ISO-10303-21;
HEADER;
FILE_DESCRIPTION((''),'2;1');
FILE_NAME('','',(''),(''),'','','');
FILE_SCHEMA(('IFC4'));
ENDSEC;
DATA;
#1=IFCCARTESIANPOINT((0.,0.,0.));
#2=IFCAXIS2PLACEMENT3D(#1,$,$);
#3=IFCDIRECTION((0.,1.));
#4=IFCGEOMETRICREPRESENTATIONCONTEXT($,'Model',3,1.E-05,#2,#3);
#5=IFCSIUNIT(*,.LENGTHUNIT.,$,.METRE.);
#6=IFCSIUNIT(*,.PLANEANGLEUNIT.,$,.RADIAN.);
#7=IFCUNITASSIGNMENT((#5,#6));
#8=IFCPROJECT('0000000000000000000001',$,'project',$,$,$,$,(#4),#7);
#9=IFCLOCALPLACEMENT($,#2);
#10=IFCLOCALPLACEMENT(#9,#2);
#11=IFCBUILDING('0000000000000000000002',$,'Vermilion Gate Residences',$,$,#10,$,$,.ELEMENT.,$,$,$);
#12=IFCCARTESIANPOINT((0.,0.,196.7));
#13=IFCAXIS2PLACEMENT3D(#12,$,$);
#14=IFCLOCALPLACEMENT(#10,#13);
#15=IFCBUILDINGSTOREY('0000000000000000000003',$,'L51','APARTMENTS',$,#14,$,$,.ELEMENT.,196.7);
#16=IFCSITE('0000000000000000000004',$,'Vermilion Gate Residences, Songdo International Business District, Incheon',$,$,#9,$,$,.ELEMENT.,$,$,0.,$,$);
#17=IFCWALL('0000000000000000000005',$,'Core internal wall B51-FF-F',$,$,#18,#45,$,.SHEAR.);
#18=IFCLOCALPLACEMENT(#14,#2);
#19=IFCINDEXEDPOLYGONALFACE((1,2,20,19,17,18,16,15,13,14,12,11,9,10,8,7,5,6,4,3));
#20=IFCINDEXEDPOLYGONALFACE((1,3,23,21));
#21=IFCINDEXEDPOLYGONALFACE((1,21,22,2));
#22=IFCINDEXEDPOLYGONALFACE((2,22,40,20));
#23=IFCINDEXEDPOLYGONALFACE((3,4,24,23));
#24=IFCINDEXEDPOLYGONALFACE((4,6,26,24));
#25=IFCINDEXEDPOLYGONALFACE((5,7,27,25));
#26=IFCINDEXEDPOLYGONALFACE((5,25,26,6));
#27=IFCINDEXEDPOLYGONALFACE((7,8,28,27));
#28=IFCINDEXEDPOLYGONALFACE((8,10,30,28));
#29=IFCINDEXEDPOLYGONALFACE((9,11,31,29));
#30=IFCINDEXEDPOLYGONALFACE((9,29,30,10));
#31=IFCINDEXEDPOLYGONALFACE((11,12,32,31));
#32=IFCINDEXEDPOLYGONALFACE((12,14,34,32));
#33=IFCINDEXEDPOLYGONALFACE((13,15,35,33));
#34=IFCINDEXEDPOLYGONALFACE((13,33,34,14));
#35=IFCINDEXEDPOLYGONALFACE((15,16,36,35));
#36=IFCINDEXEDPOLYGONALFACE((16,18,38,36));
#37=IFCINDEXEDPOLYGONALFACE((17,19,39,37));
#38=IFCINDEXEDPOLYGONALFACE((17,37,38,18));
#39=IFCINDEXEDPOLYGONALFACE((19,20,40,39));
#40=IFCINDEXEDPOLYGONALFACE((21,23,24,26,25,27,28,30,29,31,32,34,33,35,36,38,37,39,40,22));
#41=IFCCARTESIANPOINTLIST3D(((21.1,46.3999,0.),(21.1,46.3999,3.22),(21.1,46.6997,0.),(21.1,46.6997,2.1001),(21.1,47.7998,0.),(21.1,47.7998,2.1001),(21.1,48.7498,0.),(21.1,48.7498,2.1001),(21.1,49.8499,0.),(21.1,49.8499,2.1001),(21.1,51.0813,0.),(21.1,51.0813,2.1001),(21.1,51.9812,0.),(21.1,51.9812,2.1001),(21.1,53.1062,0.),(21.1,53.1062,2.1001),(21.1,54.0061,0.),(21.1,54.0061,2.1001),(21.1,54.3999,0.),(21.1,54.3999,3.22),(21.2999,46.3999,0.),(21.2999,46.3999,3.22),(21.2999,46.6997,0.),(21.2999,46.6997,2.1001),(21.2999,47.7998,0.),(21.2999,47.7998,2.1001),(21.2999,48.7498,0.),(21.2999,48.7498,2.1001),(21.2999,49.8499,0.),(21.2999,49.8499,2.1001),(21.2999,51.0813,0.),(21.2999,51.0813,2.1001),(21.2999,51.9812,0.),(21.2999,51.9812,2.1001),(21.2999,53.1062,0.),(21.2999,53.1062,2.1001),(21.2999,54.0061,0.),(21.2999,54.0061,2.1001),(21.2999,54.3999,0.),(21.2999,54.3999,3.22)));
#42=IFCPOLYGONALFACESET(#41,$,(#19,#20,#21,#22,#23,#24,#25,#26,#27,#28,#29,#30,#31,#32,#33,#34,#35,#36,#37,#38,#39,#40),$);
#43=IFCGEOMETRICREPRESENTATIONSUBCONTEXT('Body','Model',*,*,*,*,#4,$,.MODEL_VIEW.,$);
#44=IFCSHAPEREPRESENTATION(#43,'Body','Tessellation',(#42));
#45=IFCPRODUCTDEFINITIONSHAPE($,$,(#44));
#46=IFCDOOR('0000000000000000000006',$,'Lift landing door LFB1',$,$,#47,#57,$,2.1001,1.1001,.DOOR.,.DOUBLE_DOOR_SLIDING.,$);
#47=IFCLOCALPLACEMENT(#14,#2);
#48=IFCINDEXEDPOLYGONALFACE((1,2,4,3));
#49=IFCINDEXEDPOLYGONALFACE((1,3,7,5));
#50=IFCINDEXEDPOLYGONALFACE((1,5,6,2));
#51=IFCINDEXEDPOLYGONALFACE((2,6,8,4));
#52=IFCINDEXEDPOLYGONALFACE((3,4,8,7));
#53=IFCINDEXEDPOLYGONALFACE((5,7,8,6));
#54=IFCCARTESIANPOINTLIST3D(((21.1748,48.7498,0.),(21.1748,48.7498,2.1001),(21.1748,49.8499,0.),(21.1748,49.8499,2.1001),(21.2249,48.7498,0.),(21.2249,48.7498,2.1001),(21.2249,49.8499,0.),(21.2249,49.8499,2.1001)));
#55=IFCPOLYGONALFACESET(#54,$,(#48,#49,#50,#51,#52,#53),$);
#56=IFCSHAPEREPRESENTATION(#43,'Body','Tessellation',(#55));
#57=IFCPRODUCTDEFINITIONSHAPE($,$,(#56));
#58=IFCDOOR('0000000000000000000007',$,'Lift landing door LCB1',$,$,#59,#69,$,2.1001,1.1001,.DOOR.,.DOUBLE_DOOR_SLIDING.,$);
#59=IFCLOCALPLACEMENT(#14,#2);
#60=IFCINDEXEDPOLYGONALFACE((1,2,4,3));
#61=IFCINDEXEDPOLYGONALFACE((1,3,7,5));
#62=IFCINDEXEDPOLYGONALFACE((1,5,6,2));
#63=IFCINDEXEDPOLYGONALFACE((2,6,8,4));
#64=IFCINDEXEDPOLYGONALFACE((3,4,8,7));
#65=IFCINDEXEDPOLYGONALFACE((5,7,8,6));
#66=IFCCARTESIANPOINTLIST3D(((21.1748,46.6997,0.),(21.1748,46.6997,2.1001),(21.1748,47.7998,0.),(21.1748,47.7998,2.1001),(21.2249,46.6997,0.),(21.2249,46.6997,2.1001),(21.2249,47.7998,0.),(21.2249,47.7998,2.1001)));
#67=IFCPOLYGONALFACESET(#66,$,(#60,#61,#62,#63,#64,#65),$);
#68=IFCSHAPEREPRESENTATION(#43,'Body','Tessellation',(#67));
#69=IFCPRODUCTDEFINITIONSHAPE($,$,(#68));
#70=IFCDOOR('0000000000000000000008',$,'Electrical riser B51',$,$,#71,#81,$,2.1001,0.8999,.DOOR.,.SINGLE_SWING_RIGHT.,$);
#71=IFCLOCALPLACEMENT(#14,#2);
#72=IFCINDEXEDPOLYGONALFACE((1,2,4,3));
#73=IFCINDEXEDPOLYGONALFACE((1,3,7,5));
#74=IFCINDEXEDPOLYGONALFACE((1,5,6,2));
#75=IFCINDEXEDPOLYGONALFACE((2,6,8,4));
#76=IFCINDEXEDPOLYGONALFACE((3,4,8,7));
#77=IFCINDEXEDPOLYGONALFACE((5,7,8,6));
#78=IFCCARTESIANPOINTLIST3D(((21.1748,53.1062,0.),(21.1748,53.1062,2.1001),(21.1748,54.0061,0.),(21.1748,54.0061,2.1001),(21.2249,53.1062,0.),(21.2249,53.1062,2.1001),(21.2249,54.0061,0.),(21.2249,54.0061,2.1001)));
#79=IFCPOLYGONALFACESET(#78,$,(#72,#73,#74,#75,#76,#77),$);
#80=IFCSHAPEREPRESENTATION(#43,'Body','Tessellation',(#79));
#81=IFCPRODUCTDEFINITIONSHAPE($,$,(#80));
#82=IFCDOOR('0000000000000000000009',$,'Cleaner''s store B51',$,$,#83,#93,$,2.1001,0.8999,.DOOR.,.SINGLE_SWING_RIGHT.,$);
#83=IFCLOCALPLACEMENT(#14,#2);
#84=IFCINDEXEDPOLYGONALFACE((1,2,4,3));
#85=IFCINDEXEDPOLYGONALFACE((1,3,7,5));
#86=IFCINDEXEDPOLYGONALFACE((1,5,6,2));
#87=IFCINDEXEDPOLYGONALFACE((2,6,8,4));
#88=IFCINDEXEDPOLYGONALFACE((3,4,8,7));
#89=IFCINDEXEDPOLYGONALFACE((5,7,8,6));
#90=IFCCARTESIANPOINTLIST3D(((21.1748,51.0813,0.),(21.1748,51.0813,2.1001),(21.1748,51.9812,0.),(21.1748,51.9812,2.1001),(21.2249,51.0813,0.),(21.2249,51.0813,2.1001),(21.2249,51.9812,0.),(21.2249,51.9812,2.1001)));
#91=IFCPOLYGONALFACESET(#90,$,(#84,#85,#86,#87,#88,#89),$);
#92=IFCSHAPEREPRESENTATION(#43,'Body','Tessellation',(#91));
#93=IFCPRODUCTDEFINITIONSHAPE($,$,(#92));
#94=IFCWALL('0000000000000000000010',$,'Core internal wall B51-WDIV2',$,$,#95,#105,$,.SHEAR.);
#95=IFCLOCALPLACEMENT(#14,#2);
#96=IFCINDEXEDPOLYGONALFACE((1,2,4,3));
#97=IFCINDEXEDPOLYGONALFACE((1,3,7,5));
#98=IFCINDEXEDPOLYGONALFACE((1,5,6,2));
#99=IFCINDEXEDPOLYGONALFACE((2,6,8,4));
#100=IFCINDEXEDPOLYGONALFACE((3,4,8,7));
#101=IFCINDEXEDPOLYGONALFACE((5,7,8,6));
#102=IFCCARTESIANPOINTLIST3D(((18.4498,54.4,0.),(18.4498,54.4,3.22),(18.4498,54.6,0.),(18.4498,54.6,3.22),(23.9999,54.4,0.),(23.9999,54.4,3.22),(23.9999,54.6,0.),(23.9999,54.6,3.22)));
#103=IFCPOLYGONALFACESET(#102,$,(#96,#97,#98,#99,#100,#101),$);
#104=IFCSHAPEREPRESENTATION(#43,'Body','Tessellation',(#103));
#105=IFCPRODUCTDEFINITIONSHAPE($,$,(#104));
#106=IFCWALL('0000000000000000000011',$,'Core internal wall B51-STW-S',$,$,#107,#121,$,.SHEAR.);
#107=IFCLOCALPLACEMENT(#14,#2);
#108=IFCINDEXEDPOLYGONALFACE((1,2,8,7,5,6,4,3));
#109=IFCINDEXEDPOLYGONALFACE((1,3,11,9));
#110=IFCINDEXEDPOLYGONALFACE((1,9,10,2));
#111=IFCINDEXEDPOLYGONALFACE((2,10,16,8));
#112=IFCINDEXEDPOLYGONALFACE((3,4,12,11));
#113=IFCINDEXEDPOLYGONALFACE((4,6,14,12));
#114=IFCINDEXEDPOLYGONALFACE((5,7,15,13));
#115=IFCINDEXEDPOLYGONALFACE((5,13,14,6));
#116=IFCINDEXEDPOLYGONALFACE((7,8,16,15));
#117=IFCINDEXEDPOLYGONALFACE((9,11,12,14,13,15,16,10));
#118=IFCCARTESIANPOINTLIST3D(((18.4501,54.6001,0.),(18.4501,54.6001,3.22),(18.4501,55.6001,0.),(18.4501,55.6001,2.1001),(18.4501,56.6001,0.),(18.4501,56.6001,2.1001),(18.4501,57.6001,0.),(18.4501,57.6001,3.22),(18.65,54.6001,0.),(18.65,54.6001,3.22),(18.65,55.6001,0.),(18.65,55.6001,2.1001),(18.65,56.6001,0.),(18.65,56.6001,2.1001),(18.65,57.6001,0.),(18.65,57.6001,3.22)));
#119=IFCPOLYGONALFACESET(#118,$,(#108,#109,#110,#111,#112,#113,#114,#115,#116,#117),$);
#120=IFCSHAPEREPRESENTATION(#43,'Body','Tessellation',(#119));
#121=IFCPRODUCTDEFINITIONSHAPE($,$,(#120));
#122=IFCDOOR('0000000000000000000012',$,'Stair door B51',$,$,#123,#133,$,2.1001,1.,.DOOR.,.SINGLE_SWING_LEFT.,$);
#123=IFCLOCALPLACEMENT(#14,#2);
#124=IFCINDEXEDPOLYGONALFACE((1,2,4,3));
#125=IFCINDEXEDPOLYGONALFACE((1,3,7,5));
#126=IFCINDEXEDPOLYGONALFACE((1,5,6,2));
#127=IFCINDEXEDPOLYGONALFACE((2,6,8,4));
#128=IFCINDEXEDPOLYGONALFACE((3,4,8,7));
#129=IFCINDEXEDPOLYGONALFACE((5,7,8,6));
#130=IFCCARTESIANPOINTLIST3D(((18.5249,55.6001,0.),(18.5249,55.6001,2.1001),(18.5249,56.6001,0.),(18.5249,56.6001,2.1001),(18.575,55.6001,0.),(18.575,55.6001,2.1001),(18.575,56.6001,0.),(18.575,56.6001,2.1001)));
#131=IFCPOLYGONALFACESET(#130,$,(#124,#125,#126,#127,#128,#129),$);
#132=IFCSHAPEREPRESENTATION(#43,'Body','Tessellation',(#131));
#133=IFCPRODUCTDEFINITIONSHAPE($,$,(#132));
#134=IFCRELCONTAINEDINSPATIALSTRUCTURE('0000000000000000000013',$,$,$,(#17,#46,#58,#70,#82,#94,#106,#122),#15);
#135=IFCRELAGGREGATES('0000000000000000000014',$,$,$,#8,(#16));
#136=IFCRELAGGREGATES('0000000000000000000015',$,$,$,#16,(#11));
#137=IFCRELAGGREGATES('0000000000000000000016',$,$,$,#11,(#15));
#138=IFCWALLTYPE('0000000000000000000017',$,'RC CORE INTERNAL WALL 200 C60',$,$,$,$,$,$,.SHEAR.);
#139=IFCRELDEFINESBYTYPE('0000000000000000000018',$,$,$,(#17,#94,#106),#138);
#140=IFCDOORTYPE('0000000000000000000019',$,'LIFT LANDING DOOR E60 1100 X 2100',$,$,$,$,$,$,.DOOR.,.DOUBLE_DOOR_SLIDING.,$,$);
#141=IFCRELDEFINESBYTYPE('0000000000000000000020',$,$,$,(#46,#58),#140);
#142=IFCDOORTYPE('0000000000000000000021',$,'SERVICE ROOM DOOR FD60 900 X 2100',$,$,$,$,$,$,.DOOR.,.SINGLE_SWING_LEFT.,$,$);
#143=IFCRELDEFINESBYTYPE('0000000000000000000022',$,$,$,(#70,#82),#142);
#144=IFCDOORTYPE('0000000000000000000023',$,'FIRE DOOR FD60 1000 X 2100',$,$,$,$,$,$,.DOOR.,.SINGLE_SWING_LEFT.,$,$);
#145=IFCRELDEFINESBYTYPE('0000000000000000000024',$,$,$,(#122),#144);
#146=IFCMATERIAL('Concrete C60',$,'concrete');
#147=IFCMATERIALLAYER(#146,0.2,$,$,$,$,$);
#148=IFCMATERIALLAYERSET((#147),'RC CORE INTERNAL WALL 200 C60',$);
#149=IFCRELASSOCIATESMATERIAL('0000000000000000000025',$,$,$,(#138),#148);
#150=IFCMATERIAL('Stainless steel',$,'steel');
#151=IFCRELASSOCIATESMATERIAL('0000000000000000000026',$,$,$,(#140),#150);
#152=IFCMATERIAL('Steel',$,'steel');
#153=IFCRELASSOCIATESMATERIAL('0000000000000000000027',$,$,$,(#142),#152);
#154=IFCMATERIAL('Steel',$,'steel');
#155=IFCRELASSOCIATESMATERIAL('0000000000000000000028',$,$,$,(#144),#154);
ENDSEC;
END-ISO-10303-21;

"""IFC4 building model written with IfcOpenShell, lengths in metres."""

from ifc_helpers import new_model, si_unit, direction, frame, frame_2d, origin, place, context, subcontext, project, spatial, rectangle, extrude, material, layer, layer_set, type_object, element, fill, save


model = new_model("IFC4")

# Units and contexts
model_context = context("Model", 3, precision=1e-05, world=origin(), true_north=direction((0.0, 1.0)))
body_context = subcontext(model_context, "Body", "Model", "MODEL_VIEW")
ifc_project = project(units=[si_unit("LENGTHUNIT", "METRE"), si_unit("PLANEANGLEUNIT", "RADIAN")], contexts=[model_context])

# Site, building, storey
site_placement = place(None, origin())
site = spatial("IfcSite", under=ifc_project, at=site_placement, Name="Vermilion Gate Residences, Songdo International Business District, Incheon", CompositionType="ELEMENT", RefElevation=0.0)
building_placement = place(site_placement, origin())
building = spatial("IfcBuilding", under=site, at=building_placement, Name="Vermilion Gate Residences", CompositionType="ELEMENT")
storey_placement = place(building_placement, frame((0.0, 0.0, 196.7)))
storey = spatial("IfcBuildingStorey", under=building, at=storey_placement, Name="L51", Description="APARTMENTS", CompositionType="ELEMENT", Elevation=196.7)

# Wall, openings, doors
ifc_material_1 = material(Name="Concrete C60", Category="concrete")
ifc_layer_1 = layer(ifc_material_1, 0.2)
ifc_layer_set_1 = layer_set([ifc_layer_1], Name="RC CORE INTERNAL WALL 200 C60")
wall_type_1 = type_object("IfcWallType", Name="RC CORE INTERNAL WALL 200 C60", PredefinedType="SHEAR", material=ifc_layer_set_1)
wall_1_placement = place(storey_placement, frame((21.2, 54.3999, 0.0), z_axis=(0.0, 0.0, 1.0), x_axis=(0.0, -1.0, 0.0)))
wall_1 = element("IfcWall", 1, at=wall_1_placement, inside=storey, type_object=wall_type_1, Name="Core internal wall B51-FF-F", PredefinedType="SHEAR", context=body_context, shape_type="SweptSolid", body=[
    extrude(rectangle(XDim=8.0, YDim=0.2, at=frame_2d((4.0, 0.0))), origin(), (0.0, 0.0, 1.0), 3.22),
])
opening_1_placement = place(wall_1_placement, frame((0.3938, 0.0, 0.0)))
opening_1 = element("IfcOpeningElement", 2, at=opening_1_placement, cuts=wall_1, PredefinedType="OPENING", context=body_context, shape_type="SweptSolid", body=[
    extrude(rectangle(XDim=0.8999, YDim=2.1001, at=frame_2d((0.45, 1.05))), frame((0.0, 0.1099, 0.0), z_axis=(0.0, -1.0, 0.0), x_axis=(1.0, 0.0, 0.0)), (0.0, 0.0, 1.0), 0.22),
])
opening_2_placement = place(wall_1_placement, frame((2.4187, 0.0, 0.0)))
opening_2 = element("IfcOpeningElement", 3, at=opening_2_placement, cuts=wall_1, PredefinedType="OPENING", context=body_context, shape_type="SweptSolid", body=[
    extrude(rectangle(XDim=0.8999, YDim=2.1001, at=frame_2d((0.45, 1.05))), frame((0.0, 0.1099, 0.0), z_axis=(0.0, -1.0, 0.0), x_axis=(1.0, 0.0, 0.0)), (0.0, 0.0, 1.0), 0.22),
])
opening_3_placement = place(wall_1_placement, frame((4.55, 0.0, 0.0)))
opening_3 = element("IfcOpeningElement", 4, at=opening_3_placement, cuts=wall_1, PredefinedType="OPENING", context=body_context, shape_type="SweptSolid", body=[
    extrude(rectangle(XDim=1.1001, YDim=2.1001, at=frame_2d((0.55, 1.05))), frame((0.0, 0.1099, 0.0), z_axis=(0.0, -1.0, 0.0), x_axis=(1.0, 0.0, 0.0)), (0.0, 0.0, 1.0), 0.22),
])
opening_4_placement = place(wall_1_placement, frame((6.6001, 0.0, 0.0)))
opening_4 = element("IfcOpeningElement", 5, at=opening_4_placement, cuts=wall_1, PredefinedType="OPENING", context=body_context, shape_type="SweptSolid", body=[
    extrude(rectangle(XDim=1.1001, YDim=2.1001, at=frame_2d((0.55, 1.05))), frame((0.0, 0.1099, 0.0), z_axis=(0.0, -1.0, 0.0), x_axis=(1.0, 0.0, 0.0)), (0.0, 0.0, 1.0), 0.22),
])
ifc_material_2 = material(Name="Stainless steel", Category="steel")
door_type_1 = type_object("IfcDoorType", Name="LIFT LANDING DOOR E60 1100 X 2100", OperationType="DOUBLE_DOOR_SLIDING", PredefinedType="DOOR", material=ifc_material_2)
door_1_placement = place(opening_3_placement, origin())
door_1 = element("IfcDoor", 6, at=door_1_placement, inside=storey, type_object=door_type_1, Name="Lift landing door LFB1", OperationType="DOUBLE_DOOR_SLIDING", OverallHeight=2.1001, OverallWidth=1.1001, PredefinedType="DOOR", context=body_context, shape_type="SweptSolid", body=[
    extrude(rectangle(XDim=1.1001, YDim=2.1001, at=frame_2d((0.55, 1.05))), frame((0.0, 0.0249, 0.0), z_axis=(0.0, -1.0, 0.0), x_axis=(1.0, 0.0, 0.0)), (0.0, 0.0, 1.0), 0.05),
])
fill(opening_3, door_1)
door_2_placement = place(opening_4_placement, origin())
door_2 = element("IfcDoor", 7, at=door_2_placement, inside=storey, type_object=door_type_1, Name="Lift landing door LCB1", OperationType="DOUBLE_DOOR_SLIDING", OverallHeight=2.1001, OverallWidth=1.1001, PredefinedType="DOOR", context=body_context, shape_type="SweptSolid", body=[
    extrude(rectangle(XDim=1.1001, YDim=2.1001, at=frame_2d((0.55, 1.05))), frame((0.0, 0.0249, 0.0), z_axis=(0.0, -1.0, 0.0), x_axis=(1.0, 0.0, 0.0)), (0.0, 0.0, 1.0), 0.05),
])
fill(opening_4, door_2)
ifc_material_3 = material(Name="Steel", Category="steel")
door_type_2 = type_object("IfcDoorType", Name="SERVICE ROOM DOOR FD60 900 X 2100", OperationType="SINGLE_SWING_LEFT", PredefinedType="DOOR", material=ifc_material_3)
door_3_placement = place(opening_1_placement, origin())
door_3 = element("IfcDoor", 8, at=door_3_placement, inside=storey, type_object=door_type_2, Name="Electrical riser B51", OperationType="SINGLE_SWING_RIGHT", OverallHeight=2.1001, OverallWidth=0.8999, PredefinedType="DOOR", context=body_context, shape_type="SweptSolid", body=[
    extrude(rectangle(XDim=0.8999, YDim=2.1001, at=frame_2d((0.45, 1.05))), frame((0.0, 0.0249, 0.0), z_axis=(0.0, -1.0, 0.0), x_axis=(1.0, 0.0, 0.0)), (0.0, 0.0, 1.0), 0.05),
])
fill(opening_1, door_3)
door_4_placement = place(opening_2_placement, origin())
door_4 = element("IfcDoor", 9, at=door_4_placement, inside=storey, type_object=door_type_2, Name="Cleaner's store B51", OperationType="SINGLE_SWING_RIGHT", OverallHeight=2.1001, OverallWidth=0.8999, PredefinedType="DOOR", context=body_context, shape_type="SweptSolid", body=[
    extrude(rectangle(XDim=0.8999, YDim=2.1001, at=frame_2d((0.45, 1.05))), frame((0.0, 0.0249, 0.0), z_axis=(0.0, -1.0, 0.0), x_axis=(1.0, 0.0, 0.0)), (0.0, 0.0, 1.0), 0.05),
])
fill(opening_2, door_4)

# Wall
wall_2_placement = place(storey_placement, frame((18.45, 54.5, 0.0), z_axis=(0.0, 0.0, 1.0), x_axis=(1.0, 0.0, 0.0)))
element("IfcWall", 10, at=wall_2_placement, inside=storey, type_object=wall_type_1, Name="Core internal wall B51-WDIV2", PredefinedType="SHEAR", context=body_context, shape_type="SweptSolid", body=[
    extrude(rectangle(XDim=5.55, YDim=0.2, at=frame_2d((2.7749, 0.0))), origin(), (0.0, 0.0, 1.0), 3.22),
])

# Wall, opening, door
wall_3_placement = place(storey_placement, frame((18.55, 57.6001, 0.0), z_axis=(0.0, 0.0, 1.0), x_axis=(0.0, -1.0, 0.0)))
wall_3 = element("IfcWall", 11, at=wall_3_placement, inside=storey, type_object=wall_type_1, Name="Core internal wall B51-STW-S", PredefinedType="SHEAR", context=body_context, shape_type="SweptSolid", body=[
    extrude(rectangle(XDim=3.0, YDim=0.2, at=frame_2d((1.5, 0.0))), origin(), (0.0, 0.0, 1.0), 3.22),
])
opening_5_placement = place(wall_3_placement, frame((1.0, 0.0, 0.0)))
opening_5 = element("IfcOpeningElement", 12, at=opening_5_placement, cuts=wall_3, PredefinedType="OPENING", context=body_context, shape_type="SweptSolid", body=[
    extrude(rectangle(XDim=1.0, YDim=2.1001, at=frame_2d((0.5, 1.05))), frame((0.0, 0.1099, 0.0), z_axis=(0.0, -1.0, 0.0), x_axis=(1.0, 0.0, 0.0)), (0.0, 0.0, 1.0), 0.22),
])
ifc_material_4 = material(Name="Steel", Category="steel")
door_type_3 = type_object("IfcDoorType", Name="FIRE DOOR FD60 1000 X 2100", OperationType="SINGLE_SWING_LEFT", PredefinedType="DOOR", material=ifc_material_4)
door_5_placement = place(opening_5_placement, origin())
door_5 = element("IfcDoor", 13, at=door_5_placement, inside=storey, type_object=door_type_3, Name="Stair door B51", OperationType="SINGLE_SWING_LEFT", OverallHeight=2.1001, OverallWidth=1.0, PredefinedType="DOOR", context=body_context, shape_type="SweptSolid", body=[
    extrude(rectangle(XDim=1.0, YDim=2.1001, at=frame_2d((0.5, 1.05))), frame((0.0, 0.0249, 0.0), z_axis=(0.0, -1.0, 0.0), x_axis=(1.0, 0.0, 0.0)), (0.0, 0.0, 1.0), 0.05),
])
fill(opening_5, door_5)

save(model, "model.ifc")
